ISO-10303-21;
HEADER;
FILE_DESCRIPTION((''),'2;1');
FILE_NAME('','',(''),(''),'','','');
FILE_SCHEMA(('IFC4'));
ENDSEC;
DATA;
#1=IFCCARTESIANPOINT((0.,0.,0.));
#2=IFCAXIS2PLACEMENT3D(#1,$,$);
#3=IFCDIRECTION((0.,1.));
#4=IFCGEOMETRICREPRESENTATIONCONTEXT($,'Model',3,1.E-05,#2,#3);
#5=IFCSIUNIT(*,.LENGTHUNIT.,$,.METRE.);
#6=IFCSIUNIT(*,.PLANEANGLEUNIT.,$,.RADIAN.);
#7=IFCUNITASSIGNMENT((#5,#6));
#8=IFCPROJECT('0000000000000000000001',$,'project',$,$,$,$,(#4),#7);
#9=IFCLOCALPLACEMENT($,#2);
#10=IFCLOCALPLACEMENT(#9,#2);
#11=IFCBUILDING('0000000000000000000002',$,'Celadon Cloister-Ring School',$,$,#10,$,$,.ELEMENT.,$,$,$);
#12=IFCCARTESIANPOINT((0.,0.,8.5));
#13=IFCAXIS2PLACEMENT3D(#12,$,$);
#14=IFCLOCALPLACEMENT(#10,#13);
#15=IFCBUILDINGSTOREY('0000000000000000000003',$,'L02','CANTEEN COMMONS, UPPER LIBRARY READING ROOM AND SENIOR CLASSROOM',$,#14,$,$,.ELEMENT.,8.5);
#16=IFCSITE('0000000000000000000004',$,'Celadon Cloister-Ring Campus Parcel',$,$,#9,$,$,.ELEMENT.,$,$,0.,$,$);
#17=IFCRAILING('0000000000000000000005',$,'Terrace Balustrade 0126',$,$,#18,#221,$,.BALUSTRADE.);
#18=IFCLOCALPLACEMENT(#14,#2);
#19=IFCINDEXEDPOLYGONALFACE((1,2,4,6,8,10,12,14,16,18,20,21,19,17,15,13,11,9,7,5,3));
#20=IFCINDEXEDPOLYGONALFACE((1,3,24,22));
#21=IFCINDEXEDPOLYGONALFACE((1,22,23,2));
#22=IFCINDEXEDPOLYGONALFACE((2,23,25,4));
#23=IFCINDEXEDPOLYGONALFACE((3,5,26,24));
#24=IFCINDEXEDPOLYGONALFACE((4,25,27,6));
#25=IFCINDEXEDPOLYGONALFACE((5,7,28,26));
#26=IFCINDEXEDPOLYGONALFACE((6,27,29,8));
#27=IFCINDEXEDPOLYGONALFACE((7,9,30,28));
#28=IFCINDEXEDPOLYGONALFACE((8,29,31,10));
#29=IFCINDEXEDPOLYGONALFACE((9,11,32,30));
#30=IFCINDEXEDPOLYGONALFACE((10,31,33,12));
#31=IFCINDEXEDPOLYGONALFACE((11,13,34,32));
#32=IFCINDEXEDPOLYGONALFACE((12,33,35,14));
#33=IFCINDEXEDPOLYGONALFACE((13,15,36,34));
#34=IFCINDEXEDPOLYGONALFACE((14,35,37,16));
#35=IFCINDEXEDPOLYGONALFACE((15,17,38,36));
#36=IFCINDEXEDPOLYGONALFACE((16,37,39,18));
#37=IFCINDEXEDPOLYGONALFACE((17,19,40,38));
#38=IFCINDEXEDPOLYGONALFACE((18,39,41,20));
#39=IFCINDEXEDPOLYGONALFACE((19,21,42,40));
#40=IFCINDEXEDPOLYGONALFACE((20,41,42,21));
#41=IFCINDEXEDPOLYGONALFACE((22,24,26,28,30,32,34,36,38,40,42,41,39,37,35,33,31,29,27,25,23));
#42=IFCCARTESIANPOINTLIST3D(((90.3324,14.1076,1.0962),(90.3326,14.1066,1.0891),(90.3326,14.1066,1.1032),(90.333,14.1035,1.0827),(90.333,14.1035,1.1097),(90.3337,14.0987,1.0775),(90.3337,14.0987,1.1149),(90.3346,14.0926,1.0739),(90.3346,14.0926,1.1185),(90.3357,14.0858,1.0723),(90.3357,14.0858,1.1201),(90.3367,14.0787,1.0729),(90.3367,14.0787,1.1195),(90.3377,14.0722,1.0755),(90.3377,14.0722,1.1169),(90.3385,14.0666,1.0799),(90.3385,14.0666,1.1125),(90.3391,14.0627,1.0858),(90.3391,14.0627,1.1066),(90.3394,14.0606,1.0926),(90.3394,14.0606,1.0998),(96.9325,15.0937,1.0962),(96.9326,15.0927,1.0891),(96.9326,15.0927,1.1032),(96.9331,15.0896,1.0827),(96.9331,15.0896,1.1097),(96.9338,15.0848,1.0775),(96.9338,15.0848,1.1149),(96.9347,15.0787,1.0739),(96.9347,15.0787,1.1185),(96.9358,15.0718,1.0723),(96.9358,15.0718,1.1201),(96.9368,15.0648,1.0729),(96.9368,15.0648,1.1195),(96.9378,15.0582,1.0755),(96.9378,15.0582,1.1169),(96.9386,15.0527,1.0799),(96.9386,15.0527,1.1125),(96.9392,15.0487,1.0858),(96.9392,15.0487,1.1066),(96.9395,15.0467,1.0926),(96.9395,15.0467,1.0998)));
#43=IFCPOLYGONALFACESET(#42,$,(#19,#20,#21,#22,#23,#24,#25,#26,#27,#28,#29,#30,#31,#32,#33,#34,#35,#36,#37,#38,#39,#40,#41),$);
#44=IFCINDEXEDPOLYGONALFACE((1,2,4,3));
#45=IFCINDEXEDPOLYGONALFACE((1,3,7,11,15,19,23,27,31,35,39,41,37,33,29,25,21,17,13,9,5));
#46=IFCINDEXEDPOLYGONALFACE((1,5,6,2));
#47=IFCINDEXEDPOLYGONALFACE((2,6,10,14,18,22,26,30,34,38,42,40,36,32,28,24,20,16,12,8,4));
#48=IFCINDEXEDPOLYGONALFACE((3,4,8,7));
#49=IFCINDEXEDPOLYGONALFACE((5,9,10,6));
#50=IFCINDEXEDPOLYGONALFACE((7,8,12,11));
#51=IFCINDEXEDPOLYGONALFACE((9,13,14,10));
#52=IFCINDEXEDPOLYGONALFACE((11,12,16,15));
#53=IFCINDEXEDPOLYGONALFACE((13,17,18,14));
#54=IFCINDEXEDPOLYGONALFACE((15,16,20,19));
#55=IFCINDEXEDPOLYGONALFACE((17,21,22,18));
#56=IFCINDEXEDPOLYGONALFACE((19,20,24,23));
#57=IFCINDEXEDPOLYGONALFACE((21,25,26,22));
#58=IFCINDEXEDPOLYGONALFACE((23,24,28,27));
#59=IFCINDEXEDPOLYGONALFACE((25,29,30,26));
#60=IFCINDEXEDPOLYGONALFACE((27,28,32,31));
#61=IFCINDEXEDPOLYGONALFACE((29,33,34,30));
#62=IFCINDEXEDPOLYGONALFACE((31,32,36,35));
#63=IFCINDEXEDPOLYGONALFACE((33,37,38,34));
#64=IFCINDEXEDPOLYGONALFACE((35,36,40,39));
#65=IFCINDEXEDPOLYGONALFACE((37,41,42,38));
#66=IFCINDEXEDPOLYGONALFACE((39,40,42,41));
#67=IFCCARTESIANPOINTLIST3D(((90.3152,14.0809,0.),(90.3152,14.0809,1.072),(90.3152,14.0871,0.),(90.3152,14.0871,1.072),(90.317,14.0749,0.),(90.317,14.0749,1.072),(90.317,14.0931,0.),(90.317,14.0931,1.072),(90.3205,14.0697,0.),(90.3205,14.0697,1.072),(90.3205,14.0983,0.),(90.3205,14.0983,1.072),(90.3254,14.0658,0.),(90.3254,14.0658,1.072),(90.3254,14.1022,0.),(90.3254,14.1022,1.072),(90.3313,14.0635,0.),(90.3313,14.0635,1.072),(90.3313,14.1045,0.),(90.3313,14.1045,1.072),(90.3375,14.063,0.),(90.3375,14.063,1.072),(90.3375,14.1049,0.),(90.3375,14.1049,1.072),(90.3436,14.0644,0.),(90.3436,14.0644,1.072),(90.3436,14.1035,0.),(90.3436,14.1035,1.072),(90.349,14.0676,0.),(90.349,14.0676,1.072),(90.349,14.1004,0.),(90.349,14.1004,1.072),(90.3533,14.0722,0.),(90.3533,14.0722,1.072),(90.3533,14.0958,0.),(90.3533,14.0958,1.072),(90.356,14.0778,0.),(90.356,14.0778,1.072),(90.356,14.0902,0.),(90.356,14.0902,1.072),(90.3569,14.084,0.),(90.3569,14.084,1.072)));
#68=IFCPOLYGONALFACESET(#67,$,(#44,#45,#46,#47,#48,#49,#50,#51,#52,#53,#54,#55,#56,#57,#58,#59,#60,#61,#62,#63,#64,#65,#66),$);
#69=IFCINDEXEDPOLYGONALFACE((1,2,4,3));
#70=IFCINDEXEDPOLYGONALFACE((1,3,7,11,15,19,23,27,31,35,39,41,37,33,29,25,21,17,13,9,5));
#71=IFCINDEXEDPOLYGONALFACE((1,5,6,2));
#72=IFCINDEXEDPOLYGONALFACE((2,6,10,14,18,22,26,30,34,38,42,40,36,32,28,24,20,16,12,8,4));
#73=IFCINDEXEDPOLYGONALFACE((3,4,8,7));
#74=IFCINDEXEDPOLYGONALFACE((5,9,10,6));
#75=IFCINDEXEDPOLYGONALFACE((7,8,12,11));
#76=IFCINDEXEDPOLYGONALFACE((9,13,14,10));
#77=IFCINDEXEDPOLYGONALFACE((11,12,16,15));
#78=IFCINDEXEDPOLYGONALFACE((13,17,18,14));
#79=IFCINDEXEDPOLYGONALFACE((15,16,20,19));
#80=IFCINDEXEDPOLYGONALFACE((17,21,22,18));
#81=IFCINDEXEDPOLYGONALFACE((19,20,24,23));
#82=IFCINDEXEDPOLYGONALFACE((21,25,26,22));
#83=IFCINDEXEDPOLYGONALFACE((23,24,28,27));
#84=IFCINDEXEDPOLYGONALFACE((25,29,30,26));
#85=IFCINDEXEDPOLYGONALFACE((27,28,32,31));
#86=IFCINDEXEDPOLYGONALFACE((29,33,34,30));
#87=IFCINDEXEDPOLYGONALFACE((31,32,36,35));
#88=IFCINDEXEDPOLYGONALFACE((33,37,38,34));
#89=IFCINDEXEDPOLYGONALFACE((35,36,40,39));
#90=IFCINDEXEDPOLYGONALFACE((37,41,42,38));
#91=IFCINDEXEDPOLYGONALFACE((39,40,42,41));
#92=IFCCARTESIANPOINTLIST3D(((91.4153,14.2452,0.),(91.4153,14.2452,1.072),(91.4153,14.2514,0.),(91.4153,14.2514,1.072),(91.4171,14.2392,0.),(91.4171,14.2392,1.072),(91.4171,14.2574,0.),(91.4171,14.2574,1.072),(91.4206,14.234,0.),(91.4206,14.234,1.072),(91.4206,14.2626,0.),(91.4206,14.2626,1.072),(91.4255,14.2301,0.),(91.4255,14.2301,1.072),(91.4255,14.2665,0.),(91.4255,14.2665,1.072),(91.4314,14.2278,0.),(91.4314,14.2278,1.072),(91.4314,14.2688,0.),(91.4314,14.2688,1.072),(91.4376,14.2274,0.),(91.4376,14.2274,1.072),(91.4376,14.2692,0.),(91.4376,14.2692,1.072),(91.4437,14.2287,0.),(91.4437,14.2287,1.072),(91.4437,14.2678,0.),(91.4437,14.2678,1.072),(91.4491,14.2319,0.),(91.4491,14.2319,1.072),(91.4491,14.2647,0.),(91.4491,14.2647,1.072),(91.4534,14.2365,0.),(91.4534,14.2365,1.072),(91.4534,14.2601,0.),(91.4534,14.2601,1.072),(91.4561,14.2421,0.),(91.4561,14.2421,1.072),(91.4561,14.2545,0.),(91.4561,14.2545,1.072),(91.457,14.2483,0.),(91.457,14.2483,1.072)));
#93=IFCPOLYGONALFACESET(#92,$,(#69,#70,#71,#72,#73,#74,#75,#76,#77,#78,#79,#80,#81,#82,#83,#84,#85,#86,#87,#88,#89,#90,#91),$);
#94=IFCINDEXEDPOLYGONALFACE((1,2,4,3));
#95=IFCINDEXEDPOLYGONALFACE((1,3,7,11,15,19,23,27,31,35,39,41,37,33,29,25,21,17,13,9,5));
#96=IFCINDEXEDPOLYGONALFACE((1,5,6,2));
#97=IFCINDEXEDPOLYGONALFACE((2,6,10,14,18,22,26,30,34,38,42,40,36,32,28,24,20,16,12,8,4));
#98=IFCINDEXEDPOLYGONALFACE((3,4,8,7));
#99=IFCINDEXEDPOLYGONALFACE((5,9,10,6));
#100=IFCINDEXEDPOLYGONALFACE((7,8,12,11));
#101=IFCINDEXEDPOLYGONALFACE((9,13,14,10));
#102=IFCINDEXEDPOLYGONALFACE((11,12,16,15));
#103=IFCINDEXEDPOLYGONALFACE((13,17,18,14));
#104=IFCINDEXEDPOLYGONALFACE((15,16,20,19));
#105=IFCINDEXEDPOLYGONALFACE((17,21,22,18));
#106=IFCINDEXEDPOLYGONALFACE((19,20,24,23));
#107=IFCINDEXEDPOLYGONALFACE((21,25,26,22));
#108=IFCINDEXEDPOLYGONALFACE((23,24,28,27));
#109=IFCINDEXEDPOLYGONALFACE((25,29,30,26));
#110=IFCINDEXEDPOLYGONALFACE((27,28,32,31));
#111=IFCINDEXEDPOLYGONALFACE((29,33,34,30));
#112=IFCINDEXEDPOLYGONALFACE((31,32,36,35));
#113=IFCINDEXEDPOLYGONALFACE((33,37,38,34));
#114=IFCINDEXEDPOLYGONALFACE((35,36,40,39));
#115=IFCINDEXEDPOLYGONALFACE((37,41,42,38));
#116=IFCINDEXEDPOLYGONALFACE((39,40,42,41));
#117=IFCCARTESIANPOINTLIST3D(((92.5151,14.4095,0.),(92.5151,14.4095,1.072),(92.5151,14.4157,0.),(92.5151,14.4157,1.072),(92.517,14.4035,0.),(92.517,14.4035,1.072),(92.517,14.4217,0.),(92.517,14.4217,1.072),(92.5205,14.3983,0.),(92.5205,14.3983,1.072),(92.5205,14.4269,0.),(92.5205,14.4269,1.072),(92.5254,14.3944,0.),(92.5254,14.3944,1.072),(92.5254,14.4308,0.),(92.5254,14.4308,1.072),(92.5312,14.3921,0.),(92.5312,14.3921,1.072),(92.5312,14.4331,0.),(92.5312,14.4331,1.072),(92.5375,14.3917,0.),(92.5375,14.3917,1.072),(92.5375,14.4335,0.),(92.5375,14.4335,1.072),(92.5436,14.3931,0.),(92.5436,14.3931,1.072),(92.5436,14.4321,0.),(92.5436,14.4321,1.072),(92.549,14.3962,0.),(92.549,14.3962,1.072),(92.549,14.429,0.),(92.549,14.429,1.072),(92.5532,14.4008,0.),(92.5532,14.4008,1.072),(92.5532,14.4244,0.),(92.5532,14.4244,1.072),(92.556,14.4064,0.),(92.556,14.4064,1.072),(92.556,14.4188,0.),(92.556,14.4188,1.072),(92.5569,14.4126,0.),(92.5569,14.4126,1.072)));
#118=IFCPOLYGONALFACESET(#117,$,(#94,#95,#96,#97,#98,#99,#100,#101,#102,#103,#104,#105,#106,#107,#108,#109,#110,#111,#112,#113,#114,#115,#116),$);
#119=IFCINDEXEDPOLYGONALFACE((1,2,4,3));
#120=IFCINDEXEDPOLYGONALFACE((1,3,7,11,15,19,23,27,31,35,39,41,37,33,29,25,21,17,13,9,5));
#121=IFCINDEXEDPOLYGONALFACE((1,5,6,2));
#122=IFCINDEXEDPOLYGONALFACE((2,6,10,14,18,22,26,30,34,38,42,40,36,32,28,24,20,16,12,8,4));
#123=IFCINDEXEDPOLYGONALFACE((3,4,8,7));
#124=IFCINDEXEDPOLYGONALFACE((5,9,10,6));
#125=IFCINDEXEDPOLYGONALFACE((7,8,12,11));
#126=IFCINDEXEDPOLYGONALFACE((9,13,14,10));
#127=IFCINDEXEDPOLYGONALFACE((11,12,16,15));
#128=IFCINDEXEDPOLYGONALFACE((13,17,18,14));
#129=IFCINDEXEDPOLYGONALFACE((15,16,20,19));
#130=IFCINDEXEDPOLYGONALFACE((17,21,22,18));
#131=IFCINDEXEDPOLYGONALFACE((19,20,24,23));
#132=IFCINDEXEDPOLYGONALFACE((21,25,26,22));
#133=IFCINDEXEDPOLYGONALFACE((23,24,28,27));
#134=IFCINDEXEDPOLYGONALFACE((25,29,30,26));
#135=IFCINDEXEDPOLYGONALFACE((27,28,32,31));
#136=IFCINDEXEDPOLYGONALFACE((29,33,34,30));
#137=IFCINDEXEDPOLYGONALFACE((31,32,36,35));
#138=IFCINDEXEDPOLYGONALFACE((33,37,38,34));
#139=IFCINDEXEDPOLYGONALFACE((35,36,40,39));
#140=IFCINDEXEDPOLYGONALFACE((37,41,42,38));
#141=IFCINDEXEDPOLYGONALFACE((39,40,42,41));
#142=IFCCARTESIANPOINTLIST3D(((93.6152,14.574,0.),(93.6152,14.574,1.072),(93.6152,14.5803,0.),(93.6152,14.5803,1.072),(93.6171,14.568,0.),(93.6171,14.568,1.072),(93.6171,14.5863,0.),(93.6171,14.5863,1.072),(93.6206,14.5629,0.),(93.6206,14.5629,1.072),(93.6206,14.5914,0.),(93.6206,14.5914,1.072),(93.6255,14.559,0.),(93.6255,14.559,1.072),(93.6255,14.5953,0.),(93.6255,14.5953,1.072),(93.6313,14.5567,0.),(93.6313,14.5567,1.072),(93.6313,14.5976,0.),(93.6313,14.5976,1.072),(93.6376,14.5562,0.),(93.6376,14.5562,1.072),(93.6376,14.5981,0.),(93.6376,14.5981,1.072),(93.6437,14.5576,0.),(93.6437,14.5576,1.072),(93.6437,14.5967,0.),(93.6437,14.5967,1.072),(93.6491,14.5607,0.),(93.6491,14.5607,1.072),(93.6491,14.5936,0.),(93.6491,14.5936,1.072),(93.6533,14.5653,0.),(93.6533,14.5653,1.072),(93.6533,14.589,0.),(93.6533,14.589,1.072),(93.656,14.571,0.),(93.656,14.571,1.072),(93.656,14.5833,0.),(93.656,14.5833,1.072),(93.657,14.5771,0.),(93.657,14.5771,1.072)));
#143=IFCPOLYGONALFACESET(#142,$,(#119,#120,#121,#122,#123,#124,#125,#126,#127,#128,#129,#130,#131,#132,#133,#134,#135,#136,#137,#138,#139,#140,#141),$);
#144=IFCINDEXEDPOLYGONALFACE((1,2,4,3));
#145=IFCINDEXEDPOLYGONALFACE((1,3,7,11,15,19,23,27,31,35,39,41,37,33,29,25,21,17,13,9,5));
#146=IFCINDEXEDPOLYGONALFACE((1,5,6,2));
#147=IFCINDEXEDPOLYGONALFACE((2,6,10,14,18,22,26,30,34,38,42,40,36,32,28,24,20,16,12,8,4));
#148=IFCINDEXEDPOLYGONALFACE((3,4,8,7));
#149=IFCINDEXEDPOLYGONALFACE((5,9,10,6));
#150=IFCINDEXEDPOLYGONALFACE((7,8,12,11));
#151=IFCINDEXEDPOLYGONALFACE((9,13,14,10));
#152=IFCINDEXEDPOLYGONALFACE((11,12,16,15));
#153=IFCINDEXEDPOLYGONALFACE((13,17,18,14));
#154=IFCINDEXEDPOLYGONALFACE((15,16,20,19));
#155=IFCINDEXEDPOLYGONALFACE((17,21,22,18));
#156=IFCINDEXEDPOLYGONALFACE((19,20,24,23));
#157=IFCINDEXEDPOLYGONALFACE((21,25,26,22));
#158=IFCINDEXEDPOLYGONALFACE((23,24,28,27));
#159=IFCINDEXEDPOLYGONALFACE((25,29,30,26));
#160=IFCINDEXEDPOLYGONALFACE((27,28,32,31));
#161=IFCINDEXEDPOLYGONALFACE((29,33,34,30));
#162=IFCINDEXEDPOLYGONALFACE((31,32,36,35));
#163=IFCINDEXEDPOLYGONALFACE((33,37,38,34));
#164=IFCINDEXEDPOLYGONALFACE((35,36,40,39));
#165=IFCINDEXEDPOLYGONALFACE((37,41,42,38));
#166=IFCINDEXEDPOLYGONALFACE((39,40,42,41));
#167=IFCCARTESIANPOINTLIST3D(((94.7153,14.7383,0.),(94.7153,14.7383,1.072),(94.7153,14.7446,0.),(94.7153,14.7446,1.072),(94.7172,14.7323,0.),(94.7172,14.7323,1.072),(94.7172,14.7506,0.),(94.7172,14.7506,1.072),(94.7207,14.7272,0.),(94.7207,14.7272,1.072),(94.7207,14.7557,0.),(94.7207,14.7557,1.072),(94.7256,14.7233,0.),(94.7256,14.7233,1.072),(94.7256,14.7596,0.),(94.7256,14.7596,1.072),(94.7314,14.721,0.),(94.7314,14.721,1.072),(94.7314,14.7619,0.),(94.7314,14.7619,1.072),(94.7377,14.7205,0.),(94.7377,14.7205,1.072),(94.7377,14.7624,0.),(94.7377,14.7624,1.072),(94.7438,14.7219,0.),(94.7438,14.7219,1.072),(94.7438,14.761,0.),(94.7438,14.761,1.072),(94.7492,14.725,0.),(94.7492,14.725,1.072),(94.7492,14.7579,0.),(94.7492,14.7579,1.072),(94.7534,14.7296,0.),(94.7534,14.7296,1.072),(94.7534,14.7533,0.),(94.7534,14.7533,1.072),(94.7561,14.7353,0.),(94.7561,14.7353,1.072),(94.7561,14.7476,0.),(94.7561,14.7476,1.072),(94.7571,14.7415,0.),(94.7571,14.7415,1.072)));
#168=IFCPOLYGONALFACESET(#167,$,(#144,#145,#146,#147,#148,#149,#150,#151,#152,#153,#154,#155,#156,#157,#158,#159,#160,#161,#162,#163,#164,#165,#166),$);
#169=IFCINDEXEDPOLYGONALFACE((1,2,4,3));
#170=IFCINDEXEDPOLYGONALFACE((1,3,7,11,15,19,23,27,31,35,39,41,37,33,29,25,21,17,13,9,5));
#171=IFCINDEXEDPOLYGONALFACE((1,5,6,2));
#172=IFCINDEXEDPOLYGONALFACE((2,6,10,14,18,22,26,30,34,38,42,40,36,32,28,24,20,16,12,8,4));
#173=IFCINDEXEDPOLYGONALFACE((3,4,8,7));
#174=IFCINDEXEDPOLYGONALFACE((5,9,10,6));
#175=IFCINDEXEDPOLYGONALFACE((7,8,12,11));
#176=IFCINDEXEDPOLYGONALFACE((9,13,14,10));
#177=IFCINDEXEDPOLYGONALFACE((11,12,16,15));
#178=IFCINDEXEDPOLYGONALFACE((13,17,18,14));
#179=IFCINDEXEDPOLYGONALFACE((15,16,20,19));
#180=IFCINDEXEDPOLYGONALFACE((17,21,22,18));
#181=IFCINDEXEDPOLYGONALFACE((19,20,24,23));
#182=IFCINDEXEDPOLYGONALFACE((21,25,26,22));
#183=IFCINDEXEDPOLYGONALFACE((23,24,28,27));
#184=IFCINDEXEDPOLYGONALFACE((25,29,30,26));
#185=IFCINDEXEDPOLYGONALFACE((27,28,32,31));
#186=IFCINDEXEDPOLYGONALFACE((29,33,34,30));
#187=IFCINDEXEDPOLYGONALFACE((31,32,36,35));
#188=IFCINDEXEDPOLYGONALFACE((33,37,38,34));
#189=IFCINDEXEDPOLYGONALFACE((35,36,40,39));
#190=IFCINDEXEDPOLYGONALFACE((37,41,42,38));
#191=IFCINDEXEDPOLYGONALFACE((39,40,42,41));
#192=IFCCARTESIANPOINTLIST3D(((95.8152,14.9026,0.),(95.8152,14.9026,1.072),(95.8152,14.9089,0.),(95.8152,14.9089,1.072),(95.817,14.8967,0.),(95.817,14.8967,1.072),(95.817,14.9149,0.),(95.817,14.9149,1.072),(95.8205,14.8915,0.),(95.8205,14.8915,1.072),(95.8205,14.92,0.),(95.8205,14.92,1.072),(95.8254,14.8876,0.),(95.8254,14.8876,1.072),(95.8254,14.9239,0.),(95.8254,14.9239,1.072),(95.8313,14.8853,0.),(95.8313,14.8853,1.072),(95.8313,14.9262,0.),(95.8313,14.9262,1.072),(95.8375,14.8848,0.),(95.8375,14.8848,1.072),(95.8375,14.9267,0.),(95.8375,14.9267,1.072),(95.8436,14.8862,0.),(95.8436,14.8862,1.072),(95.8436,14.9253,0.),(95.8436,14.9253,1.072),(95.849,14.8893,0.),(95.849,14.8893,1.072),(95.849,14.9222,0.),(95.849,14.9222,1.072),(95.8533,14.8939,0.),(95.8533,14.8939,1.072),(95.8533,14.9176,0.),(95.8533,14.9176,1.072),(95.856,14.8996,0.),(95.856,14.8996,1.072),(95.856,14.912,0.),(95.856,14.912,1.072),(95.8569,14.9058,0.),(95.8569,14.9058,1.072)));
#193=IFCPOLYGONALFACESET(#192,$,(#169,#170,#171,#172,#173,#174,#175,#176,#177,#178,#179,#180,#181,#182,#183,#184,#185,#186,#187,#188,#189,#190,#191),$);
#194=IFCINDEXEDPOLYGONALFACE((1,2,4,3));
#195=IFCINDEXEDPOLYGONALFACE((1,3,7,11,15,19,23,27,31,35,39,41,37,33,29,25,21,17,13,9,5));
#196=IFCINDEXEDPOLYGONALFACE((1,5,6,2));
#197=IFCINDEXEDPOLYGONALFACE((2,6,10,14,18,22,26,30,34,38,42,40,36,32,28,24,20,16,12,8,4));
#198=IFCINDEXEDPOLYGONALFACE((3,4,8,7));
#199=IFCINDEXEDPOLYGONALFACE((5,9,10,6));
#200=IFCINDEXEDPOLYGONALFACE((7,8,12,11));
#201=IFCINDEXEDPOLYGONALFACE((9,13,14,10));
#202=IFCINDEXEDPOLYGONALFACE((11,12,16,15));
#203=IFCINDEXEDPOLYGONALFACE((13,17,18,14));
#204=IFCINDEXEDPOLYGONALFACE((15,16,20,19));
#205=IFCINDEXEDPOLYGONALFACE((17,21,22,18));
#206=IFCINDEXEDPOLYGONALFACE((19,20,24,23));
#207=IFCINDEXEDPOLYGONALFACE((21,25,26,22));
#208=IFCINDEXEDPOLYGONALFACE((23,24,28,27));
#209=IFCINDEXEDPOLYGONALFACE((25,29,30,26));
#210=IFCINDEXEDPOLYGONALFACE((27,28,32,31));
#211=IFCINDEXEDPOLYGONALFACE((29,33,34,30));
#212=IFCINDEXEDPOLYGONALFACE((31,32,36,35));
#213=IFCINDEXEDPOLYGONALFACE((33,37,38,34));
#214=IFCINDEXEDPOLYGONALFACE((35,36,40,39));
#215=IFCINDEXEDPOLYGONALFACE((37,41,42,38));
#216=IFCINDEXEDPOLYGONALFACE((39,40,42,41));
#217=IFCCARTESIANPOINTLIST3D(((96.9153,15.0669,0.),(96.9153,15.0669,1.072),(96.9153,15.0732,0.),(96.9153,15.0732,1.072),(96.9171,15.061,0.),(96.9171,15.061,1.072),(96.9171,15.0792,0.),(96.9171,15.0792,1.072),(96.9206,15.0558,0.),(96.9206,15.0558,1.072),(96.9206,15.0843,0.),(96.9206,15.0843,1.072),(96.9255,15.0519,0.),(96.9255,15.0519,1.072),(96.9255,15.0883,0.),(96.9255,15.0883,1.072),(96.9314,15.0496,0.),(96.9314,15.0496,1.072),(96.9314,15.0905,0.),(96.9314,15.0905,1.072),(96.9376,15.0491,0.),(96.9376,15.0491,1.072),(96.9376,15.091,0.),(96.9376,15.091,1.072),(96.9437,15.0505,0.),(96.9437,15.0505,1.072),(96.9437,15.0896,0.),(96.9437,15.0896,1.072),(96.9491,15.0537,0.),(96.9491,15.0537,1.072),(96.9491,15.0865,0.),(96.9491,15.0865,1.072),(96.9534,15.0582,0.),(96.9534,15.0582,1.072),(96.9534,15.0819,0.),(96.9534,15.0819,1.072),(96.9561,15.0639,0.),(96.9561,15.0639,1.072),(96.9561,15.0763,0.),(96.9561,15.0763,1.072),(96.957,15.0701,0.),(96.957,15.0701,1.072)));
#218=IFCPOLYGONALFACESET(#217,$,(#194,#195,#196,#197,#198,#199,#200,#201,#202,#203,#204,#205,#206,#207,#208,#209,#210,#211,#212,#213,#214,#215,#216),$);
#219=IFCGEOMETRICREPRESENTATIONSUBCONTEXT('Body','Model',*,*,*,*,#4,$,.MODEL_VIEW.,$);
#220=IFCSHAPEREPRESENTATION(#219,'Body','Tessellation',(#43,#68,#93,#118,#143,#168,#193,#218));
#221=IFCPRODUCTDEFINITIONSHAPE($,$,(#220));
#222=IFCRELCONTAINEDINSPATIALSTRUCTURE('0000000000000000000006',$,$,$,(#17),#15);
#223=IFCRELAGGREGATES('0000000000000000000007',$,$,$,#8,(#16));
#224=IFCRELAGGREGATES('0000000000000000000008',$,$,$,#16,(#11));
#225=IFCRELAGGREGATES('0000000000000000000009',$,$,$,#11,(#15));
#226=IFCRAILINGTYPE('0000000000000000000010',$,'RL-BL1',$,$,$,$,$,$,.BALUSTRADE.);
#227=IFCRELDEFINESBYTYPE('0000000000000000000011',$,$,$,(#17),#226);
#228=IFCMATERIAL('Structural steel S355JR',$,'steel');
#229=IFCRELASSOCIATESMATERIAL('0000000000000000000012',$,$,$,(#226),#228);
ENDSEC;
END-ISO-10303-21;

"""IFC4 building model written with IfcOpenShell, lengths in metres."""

from ifc_helpers import new_model, si_unit, direction, frame, origin, origin_2d, place, context, subcontext, project, spatial, circle, extrude, material, type_object, element, save


model = new_model("IFC4")

# Units and contexts
model_context = context("Model", 3, precision=1e-05, world=origin(), true_north=direction((0.0, 1.0)))
body_context = subcontext(model_context, "Body", "Model", "MODEL_VIEW")
ifc_project = project(units=[si_unit("LENGTHUNIT", "METRE"), si_unit("PLANEANGLEUNIT", "RADIAN")], contexts=[model_context])

# Site, building, storey
site_placement = place(None, origin())
site = spatial("IfcSite", under=ifc_project, at=site_placement, Name="Celadon Cloister-Ring Campus Parcel", CompositionType="ELEMENT", RefElevation=0.0)
building_placement = place(site_placement, origin())
building = spatial("IfcBuilding", under=site, at=building_placement, Name="Celadon Cloister-Ring School", CompositionType="ELEMENT")
storey_placement = place(building_placement, frame((0.0, 0.0, 8.5)))
storey = spatial("IfcBuildingStorey", under=building, at=storey_placement, Name="L02", Description="CANTEEN COMMONS, UPPER LIBRARY READING ROOM AND SENIOR CLASSROOM", CompositionType="ELEMENT", Elevation=8.5)

# Railing
ifc_material_1 = material(Name="Structural steel S355JR", Category="steel")
railing_type_1 = type_object("IfcRailingType", Name="RL-BL1", PredefinedType="BALUSTRADE", material=ifc_material_1)
railing_1_placement = place(storey_placement, frame((90.3359, 14.084, 0.0)))
element("IfcRailing", 1, at=railing_1_placement, inside=storey, type_object=railing_type_1, Name="Terrace Balustrade 0126", PredefinedType="BALUSTRADE", context=body_context, shape_type="SweptSolid", body=[
    extrude(circle(Radius=0.0239, at=origin_2d()), frame((0.0, 0.0, 1.0962), z_axis=(0.989023, 0.147764, 0.0), x_axis=(-0.147764, 0.989023, 0.0)), (0.0, 0.0, 1.0), 6.6733),
    extrude(circle(Radius=0.021, at=origin_2d()), origin(), (0.0, 0.0, 1.0), 1.072),
    extrude(circle(Radius=0.021, at=origin_2d()), frame((1.1001, 0.1643, 0.0)), (0.0, 0.0, 1.0), 1.072),
    extrude(circle(Radius=0.021, at=origin_2d()), frame((2.2, 0.3286, 0.0)), (0.0, 0.0, 1.0), 1.072),
    extrude(circle(Radius=0.021, at=origin_2d()), frame((3.3, 0.4932, 0.0)), (0.0, 0.0, 1.0), 1.072),
    extrude(circle(Radius=0.021, at=origin_2d()), frame((4.4001, 0.6575, 0.0)), (0.0, 0.0, 1.0), 1.072),
    extrude(circle(Radius=0.021, at=origin_2d()), frame((5.5, 0.8218, 0.0)), (0.0, 0.0, 1.0), 1.072),
    extrude(circle(Radius=0.021, at=origin_2d()), frame((6.6001, 0.9861, 0.0)), (0.0, 0.0, 1.0), 1.072),
])

save(model, "model.ifc")
